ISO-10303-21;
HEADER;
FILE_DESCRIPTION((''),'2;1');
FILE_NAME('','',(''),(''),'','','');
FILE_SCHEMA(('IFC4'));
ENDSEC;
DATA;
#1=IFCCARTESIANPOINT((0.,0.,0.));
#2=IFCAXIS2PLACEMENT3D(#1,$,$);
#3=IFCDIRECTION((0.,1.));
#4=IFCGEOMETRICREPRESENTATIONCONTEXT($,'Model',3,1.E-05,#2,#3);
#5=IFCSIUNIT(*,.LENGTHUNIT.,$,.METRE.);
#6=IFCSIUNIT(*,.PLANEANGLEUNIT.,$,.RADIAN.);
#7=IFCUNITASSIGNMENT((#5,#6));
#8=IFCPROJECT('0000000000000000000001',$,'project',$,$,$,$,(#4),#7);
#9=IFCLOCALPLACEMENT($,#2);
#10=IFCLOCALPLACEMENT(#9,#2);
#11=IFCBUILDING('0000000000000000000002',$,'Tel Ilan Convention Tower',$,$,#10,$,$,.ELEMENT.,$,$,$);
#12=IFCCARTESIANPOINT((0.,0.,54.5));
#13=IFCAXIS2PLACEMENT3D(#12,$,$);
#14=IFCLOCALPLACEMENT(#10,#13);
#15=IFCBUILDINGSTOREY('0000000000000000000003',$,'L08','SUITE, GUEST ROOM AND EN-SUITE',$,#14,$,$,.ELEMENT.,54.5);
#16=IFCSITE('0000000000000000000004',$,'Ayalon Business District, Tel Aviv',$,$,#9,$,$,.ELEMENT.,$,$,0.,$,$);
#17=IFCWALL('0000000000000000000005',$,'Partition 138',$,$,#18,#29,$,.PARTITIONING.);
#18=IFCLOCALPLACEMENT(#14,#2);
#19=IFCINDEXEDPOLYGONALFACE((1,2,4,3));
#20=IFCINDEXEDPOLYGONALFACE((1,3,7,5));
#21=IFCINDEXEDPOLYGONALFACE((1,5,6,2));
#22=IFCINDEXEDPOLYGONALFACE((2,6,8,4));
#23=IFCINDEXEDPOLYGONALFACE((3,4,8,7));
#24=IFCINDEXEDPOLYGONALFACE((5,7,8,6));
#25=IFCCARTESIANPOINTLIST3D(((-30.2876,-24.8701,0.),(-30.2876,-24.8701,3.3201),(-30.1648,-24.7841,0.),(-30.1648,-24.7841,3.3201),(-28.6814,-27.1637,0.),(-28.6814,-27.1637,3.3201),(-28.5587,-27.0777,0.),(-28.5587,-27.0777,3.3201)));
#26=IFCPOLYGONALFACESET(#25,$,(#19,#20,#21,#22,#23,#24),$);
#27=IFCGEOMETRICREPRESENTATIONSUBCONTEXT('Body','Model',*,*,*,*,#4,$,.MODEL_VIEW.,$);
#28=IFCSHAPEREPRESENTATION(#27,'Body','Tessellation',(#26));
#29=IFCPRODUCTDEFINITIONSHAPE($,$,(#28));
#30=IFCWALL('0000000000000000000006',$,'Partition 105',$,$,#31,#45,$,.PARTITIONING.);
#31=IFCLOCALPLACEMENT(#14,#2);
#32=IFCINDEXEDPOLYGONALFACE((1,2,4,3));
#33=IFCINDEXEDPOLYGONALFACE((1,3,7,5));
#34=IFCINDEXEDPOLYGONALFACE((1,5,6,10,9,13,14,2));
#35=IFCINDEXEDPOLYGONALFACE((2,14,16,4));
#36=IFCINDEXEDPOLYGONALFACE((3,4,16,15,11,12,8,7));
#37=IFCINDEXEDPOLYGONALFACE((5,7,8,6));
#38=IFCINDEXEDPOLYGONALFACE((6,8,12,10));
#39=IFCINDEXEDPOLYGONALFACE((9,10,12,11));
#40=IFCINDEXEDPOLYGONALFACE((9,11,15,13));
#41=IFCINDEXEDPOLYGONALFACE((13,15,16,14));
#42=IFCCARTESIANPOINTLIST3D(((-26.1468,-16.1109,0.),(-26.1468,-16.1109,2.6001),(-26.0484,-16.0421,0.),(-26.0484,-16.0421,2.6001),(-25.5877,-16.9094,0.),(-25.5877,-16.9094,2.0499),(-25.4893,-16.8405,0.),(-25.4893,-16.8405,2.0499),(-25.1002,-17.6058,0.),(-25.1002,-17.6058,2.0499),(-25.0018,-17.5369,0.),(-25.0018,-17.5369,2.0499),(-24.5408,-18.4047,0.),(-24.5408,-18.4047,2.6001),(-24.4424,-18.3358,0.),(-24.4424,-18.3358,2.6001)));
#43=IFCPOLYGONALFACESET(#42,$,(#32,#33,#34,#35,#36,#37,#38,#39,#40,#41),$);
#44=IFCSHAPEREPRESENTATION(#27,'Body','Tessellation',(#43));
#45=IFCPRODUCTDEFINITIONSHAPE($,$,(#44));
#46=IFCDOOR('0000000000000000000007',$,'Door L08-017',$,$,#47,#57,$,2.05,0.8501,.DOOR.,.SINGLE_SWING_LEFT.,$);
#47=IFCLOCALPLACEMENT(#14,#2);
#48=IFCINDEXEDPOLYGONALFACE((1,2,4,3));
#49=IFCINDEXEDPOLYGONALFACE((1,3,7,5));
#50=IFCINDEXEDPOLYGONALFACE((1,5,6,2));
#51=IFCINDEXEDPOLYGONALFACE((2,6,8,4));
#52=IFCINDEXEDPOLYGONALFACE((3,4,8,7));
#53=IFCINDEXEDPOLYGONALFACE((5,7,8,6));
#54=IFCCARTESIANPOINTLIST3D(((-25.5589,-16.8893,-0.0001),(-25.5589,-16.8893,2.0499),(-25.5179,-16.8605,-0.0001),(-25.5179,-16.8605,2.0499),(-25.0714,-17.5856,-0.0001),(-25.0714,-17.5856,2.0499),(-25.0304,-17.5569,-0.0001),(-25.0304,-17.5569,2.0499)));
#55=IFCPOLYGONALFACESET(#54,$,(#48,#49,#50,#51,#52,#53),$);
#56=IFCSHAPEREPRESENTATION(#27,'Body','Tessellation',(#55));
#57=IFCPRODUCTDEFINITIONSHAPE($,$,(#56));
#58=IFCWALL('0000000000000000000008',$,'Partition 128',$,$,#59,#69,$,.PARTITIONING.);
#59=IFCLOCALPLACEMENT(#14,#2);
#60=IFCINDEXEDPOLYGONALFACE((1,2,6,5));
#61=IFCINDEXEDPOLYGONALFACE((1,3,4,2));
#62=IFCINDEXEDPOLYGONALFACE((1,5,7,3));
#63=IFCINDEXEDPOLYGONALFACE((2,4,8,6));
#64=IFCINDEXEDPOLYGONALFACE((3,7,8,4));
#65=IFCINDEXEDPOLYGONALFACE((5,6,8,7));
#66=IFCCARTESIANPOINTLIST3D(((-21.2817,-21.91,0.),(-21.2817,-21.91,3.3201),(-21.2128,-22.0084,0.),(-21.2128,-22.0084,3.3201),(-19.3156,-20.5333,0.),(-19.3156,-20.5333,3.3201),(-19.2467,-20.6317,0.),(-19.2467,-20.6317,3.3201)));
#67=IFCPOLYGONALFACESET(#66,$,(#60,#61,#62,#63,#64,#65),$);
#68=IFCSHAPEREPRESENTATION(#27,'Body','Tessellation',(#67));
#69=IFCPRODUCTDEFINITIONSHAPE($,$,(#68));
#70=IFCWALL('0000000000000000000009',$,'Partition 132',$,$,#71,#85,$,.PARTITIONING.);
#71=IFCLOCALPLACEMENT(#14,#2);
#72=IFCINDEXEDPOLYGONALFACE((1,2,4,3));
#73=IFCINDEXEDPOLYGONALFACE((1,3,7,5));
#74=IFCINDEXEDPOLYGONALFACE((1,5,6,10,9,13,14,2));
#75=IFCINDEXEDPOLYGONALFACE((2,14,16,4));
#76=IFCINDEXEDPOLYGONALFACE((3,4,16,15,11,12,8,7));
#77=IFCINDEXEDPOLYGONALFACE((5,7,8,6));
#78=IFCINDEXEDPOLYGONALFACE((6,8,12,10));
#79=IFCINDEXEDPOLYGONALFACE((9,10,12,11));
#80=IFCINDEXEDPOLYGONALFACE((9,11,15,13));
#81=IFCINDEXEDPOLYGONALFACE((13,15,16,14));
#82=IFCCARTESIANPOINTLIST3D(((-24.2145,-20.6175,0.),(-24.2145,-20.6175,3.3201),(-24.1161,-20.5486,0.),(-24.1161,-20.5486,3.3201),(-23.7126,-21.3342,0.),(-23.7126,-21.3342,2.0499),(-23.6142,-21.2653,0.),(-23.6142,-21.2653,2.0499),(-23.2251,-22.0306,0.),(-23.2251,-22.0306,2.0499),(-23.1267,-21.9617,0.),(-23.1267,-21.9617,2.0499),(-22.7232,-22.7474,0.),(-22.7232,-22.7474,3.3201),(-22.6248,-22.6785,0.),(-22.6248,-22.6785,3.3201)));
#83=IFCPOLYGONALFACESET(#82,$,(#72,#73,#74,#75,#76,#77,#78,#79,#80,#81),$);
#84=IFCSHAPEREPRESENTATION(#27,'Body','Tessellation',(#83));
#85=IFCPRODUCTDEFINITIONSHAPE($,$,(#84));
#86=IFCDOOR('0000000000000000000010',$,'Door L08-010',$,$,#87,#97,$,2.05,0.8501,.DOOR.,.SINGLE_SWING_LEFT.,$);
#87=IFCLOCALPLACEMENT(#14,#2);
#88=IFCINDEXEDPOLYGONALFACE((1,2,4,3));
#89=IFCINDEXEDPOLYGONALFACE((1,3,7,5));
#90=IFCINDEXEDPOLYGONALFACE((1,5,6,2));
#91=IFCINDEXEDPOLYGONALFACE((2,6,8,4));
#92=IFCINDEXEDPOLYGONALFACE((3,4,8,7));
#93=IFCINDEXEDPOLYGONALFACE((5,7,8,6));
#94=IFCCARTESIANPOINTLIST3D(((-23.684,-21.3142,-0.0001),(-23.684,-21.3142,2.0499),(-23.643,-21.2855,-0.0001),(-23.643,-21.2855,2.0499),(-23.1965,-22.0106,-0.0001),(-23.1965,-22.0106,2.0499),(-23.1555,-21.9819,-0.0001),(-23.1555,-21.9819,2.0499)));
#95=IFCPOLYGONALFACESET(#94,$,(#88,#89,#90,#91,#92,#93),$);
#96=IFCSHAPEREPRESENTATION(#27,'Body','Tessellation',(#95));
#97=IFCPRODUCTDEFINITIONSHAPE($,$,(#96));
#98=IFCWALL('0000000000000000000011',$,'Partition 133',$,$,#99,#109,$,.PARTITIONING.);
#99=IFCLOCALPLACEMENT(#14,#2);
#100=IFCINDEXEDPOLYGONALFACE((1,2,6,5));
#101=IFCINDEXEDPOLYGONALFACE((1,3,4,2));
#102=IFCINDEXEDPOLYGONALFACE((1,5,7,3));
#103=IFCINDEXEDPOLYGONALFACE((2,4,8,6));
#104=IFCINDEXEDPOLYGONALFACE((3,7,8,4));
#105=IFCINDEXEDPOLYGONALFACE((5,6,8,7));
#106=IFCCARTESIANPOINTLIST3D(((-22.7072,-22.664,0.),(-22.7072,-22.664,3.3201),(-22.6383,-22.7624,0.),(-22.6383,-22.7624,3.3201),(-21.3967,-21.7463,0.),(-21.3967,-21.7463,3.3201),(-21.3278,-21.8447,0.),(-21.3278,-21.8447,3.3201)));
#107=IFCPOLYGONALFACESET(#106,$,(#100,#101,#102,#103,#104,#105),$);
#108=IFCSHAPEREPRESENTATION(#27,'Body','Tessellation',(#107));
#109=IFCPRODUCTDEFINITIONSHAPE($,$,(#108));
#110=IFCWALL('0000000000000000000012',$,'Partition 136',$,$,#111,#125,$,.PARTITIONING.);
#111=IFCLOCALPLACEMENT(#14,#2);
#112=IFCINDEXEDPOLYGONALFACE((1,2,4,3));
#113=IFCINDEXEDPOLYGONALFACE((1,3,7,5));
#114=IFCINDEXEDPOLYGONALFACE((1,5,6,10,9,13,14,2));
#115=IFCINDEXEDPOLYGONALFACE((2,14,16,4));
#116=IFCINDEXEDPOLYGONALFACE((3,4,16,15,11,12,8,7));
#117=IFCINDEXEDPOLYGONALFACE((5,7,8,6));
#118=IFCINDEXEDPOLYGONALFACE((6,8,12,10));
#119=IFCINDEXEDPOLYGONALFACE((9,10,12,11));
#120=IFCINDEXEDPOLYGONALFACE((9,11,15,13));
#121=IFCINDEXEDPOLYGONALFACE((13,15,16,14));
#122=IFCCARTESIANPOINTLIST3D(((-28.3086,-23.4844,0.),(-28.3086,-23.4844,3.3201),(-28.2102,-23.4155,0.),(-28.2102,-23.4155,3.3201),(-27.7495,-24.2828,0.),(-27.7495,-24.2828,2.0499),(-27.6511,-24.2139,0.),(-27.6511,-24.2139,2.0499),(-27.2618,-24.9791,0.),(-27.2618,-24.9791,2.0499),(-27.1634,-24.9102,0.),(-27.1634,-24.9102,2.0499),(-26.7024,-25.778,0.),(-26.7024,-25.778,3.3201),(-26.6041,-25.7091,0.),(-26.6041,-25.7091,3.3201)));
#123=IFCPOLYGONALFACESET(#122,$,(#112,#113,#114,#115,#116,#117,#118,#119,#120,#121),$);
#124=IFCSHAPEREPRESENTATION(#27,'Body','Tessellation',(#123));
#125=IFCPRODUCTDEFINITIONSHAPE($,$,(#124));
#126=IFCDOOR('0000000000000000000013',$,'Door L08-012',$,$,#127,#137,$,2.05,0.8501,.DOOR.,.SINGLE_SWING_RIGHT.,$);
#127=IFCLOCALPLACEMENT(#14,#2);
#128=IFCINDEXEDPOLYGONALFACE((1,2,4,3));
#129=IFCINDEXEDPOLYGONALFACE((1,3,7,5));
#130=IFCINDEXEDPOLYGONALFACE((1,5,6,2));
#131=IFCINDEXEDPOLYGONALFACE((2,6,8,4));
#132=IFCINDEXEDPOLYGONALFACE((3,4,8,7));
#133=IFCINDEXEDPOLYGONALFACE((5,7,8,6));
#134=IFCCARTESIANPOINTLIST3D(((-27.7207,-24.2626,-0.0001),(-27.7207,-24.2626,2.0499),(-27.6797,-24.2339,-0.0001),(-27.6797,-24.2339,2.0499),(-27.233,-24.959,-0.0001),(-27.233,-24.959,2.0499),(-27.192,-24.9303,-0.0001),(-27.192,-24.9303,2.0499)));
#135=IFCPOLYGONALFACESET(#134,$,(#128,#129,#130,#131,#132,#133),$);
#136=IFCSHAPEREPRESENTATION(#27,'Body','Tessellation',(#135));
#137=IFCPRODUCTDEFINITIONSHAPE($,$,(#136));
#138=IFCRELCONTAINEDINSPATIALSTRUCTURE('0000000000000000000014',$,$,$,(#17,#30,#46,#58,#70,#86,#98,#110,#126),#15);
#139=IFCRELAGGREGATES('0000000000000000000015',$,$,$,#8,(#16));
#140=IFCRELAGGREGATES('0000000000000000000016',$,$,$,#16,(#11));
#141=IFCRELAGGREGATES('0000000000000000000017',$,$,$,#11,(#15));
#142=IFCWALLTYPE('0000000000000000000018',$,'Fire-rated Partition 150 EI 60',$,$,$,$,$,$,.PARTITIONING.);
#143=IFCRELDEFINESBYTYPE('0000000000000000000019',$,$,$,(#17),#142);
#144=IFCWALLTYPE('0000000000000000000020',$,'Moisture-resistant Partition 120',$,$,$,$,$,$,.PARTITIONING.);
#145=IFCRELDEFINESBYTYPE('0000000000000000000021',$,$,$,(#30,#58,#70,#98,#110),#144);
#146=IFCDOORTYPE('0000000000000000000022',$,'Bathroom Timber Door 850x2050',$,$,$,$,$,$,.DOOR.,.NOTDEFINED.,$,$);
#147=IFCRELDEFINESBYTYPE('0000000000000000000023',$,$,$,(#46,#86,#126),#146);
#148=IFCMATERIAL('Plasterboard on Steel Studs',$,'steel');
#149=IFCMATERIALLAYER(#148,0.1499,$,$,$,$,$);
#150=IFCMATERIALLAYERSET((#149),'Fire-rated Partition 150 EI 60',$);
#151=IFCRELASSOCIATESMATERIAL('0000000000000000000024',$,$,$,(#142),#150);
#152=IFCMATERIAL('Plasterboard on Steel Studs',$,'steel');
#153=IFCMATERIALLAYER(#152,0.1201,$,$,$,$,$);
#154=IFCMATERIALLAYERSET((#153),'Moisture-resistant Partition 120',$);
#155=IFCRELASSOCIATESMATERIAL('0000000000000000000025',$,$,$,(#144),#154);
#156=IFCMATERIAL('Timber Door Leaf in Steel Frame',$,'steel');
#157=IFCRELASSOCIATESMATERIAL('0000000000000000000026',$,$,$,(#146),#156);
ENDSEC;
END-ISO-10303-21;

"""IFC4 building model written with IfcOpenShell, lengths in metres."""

from ifc_helpers import new_model, si_unit, direction, frame, frame_2d, origin, place, context, subcontext, project, spatial, rectangle, extrude, material, layer, layer_set, type_object, element, fill, save


model = new_model("IFC4")

# Units and contexts
model_context = context("Model", 3, precision=1e-05, world=origin(), true_north=direction((0.0, 1.0)))
body_context = subcontext(model_context, "Body", "Model", "MODEL_VIEW")
ifc_project = project(units=[si_unit("LENGTHUNIT", "METRE"), si_unit("PLANEANGLEUNIT", "RADIAN")], contexts=[model_context])

# Site, building, storey
site_placement = place(None, origin())
site = spatial("IfcSite", under=ifc_project, at=site_placement, Name="Ayalon Business District, Tel Aviv", CompositionType="ELEMENT", RefElevation=0.0)
building_placement = place(site_placement, origin())
building = spatial("IfcBuilding", under=site, at=building_placement, Name="Tel Ilan Convention Tower", CompositionType="ELEMENT")
storey_placement = place(building_placement, frame((0.0, 0.0, 54.5)))
storey = spatial("IfcBuildingStorey", under=building, at=storey_placement, Name="L08", Description="SUITE, GUEST ROOM AND EN-SUITE", CompositionType="ELEMENT", Elevation=54.5)

# Shared definitions
ifc_material_1 = material(Name="Plasterboard on Steel Studs", Category="steel")
ifc_layer_1 = layer(ifc_material_1, 0.1499)
ifc_layer_set_1 = layer_set([ifc_layer_1], Name="Fire-rated Partition 150 EI 60")
wall_type_1 = type_object("IfcWallType", Name="Fire-rated Partition 150 EI 60", PredefinedType="PARTITIONING", material=ifc_layer_set_1)

# Wall
wall_1_placement = place(storey_placement, frame((-28.6201, -27.1206, 0.0), z_axis=(0.0, 0.0, 1.0), x_axis=(-0.573609, 0.81913, 0.0)))
element("IfcWall", 1, at=wall_1_placement, inside=storey, type_object=wall_type_1, Name="Partition 138", PredefinedType="PARTITIONING", context=body_context, shape_type="SweptSolid", body=[
    extrude(rectangle(XDim=2.8, YDim=0.1499, at=frame_2d((1.3999, 0.0))), origin(), (0.0, 0.0, 1.0), 3.3201),
])

# Wall, opening, door
ifc_material_2 = material(Name="Plasterboard on Steel Studs", Category="steel")
ifc_layer_2 = layer(ifc_material_2, 0.1201)
ifc_layer_set_2 = layer_set([ifc_layer_2], Name="Moisture-resistant Partition 120")
wall_type_2 = type_object("IfcWallType", Name="Moisture-resistant Partition 120", PredefinedType="PARTITIONING", material=ifc_layer_set_2)
wall_2_placement = place(storey_placement, frame((-24.4917, -18.3701, 0.0), z_axis=(0.0, 0.0, 1.0), x_axis=(-0.57355, 0.81917, 0.0)))
wall_2 = element("IfcWall", 2, at=wall_2_placement, inside=storey, type_object=wall_type_2, Name="Partition 105", PredefinedType="PARTITIONING", context=body_context, shape_type="SweptSolid", body=[
    extrude(rectangle(XDim=2.8, YDim=0.1201, at=frame_2d((1.3999, 0.0))), origin(), (0.0, 0.0, 1.0), 2.6001),
])
opening_1_placement = place(wall_2_placement, frame((0.9751, 0.0, 0.0)))
opening_1 = element("IfcOpeningElement", 3, at=opening_1_placement, cuts=wall_2, PredefinedType="OPENING", context=body_context, shape_type="SweptSolid", body=[
    extrude(rectangle(XDim=0.8501, YDim=2.05, at=frame_2d((0.425, 1.0249))), frame((0.0, 0.0701, 0.0), z_axis=(0.0, -1.0, 0.0), x_axis=(1.0, 0.0, 0.0)), (0.0, 0.0, 1.0), 0.1401),
])
ifc_material_3 = material(Name="Timber Door Leaf in Steel Frame", Category="steel")
door_type_1 = type_object("IfcDoorType", Name="Bathroom Timber Door 850x2050", OperationType="NOTDEFINED", PredefinedType="DOOR", material=ifc_material_3)
door_1_placement = place(opening_1_placement, origin())
door_1 = element("IfcDoor", 4, at=door_1_placement, inside=storey, type_object=door_type_1, Name="Door L08-017", OperationType="SINGLE_SWING_LEFT", OverallHeight=2.05, OverallWidth=0.8501, PredefinedType="DOOR", context=body_context, shape_type="SweptSolid", body=[
    extrude(rectangle(XDim=0.8501, YDim=2.05, at=frame_2d((0.425, 1.0249))), frame((0.0, 0.0249, 0.0), z_axis=(0.0, -1.0, 0.0), x_axis=(1.0, 0.0, 0.0)), (0.0, 0.0, 1.0), 0.05),
])
fill(opening_1, door_1)

# Wall
wall_3_placement = place(storey_placement, frame((-21.2473, -21.9592, 0.0), z_axis=(0.0, 0.0, 1.0), x_axis=(0.819141, 0.573592, 0.0)))
element("IfcWall", 5, at=wall_3_placement, inside=storey, type_object=wall_type_2, Name="Partition 128", PredefinedType="PARTITIONING", context=body_context, shape_type="SweptSolid", body=[
    extrude(rectangle(XDim=2.4001, YDim=0.1201, at=frame_2d((1.2002, 0.0))), origin(), (0.0, 0.0, 1.0), 3.3201),
])

# Wall, opening, door
wall_4_placement = place(storey_placement, frame((-24.1653, -20.583, 0.0), z_axis=(0.0, 0.0, 1.0), x_axis=(0.573538, -0.819179, 0.0)))
wall_4 = element("IfcWall", 6, at=wall_4_placement, inside=storey, type_object=wall_type_2, Name="Partition 132", PredefinedType="PARTITIONING", context=body_context, shape_type="SweptSolid", body=[
    extrude(rectangle(XDim=2.6001, YDim=0.1201, at=frame_2d((1.3, 0.0))), origin(), (0.0, 0.0, 1.0), 3.3201),
])
opening_2_placement = place(wall_4_placement, frame((0.875, 0.0, 0.0)))
opening_2 = element("IfcOpeningElement", 7, at=opening_2_placement, cuts=wall_4, PredefinedType="OPENING", context=body_context, shape_type="SweptSolid", body=[
    extrude(rectangle(XDim=0.8501, YDim=2.05, at=frame_2d((0.425, 1.0249))), frame((0.0, 0.0701, 0.0), z_axis=(0.0, -1.0, 0.0), x_axis=(1.0, 0.0, 0.0)), (0.0, 0.0, 1.0), 0.1401),
])
door_2_placement = place(opening_2_placement, origin())
door_2 = element("IfcDoor", 8, at=door_2_placement, inside=storey, type_object=door_type_1, Name="Door L08-010", OperationType="SINGLE_SWING_LEFT", OverallHeight=2.05, OverallWidth=0.8501, PredefinedType="DOOR", context=body_context, shape_type="SweptSolid", body=[
    extrude(rectangle(XDim=0.8501, YDim=2.05, at=frame_2d((0.425, 1.0249))), frame((0.0, 0.0249, 0.0), z_axis=(0.0, -1.0, 0.0), x_axis=(1.0, 0.0, 0.0)), (0.0, 0.0, 1.0), 0.05),
])
fill(opening_2, door_2)

# Wall
wall_5_placement = place(storey_placement, frame((-22.6726, -22.7131, 0.0), z_axis=(0.0, 0.0, 1.0), x_axis=(0.819132, 0.573606, 0.0)))
element("IfcWall", 9, at=wall_5_placement, inside=storey, type_object=wall_type_2, Name="Partition 133", PredefinedType="PARTITIONING", context=body_context, shape_type="SweptSolid", body=[
    extrude(rectangle(XDim=1.5999, YDim=0.1201, at=frame_2d((0.7998, 0.0))), origin(), (0.0, 0.0, 1.0), 3.3201),
])

# Wall, opening, door
wall_6_placement = place(storey_placement, frame((-26.6533, -25.7434, 0.0), z_axis=(0.0, 0.0, 1.0), x_axis=(-0.573609, 0.81913, 0.0)))
wall_6 = element("IfcWall", 10, at=wall_6_placement, inside=storey, type_object=wall_type_2, Name="Partition 136", PredefinedType="PARTITIONING", context=body_context, shape_type="SweptSolid", body=[
    extrude(rectangle(XDim=2.8, YDim=0.1201, at=frame_2d((1.3999, 0.0))), origin(), (0.0, 0.0, 1.0), 3.3201),
])
opening_3_placement = place(wall_6_placement, frame((0.9751, 0.0, 0.0)))
opening_3 = element("IfcOpeningElement", 11, at=opening_3_placement, cuts=wall_6, PredefinedType="OPENING", context=body_context, shape_type="SweptSolid", body=[
    extrude(rectangle(XDim=0.8501, YDim=2.05, at=frame_2d((0.425, 1.0249))), frame((0.0, 0.0701, 0.0), z_axis=(0.0, -1.0, 0.0), x_axis=(1.0, 0.0, 0.0)), (0.0, 0.0, 1.0), 0.1401),
])
door_3_placement = place(opening_3_placement, origin())
door_3 = element("IfcDoor", 12, at=door_3_placement, inside=storey, type_object=door_type_1, Name="Door L08-012", OperationType="SINGLE_SWING_RIGHT", OverallHeight=2.05, OverallWidth=0.8501, PredefinedType="DOOR", context=body_context, shape_type="SweptSolid", body=[
    extrude(rectangle(XDim=0.8501, YDim=2.05, at=frame_2d((0.425, 1.0249))), frame((0.0, 0.0249, 0.0), z_axis=(0.0, -1.0, 0.0), x_axis=(1.0, 0.0, 0.0)), (0.0, 0.0, 1.0), 0.05),
])
fill(opening_3, door_3)

save(model, "model.ifc")
